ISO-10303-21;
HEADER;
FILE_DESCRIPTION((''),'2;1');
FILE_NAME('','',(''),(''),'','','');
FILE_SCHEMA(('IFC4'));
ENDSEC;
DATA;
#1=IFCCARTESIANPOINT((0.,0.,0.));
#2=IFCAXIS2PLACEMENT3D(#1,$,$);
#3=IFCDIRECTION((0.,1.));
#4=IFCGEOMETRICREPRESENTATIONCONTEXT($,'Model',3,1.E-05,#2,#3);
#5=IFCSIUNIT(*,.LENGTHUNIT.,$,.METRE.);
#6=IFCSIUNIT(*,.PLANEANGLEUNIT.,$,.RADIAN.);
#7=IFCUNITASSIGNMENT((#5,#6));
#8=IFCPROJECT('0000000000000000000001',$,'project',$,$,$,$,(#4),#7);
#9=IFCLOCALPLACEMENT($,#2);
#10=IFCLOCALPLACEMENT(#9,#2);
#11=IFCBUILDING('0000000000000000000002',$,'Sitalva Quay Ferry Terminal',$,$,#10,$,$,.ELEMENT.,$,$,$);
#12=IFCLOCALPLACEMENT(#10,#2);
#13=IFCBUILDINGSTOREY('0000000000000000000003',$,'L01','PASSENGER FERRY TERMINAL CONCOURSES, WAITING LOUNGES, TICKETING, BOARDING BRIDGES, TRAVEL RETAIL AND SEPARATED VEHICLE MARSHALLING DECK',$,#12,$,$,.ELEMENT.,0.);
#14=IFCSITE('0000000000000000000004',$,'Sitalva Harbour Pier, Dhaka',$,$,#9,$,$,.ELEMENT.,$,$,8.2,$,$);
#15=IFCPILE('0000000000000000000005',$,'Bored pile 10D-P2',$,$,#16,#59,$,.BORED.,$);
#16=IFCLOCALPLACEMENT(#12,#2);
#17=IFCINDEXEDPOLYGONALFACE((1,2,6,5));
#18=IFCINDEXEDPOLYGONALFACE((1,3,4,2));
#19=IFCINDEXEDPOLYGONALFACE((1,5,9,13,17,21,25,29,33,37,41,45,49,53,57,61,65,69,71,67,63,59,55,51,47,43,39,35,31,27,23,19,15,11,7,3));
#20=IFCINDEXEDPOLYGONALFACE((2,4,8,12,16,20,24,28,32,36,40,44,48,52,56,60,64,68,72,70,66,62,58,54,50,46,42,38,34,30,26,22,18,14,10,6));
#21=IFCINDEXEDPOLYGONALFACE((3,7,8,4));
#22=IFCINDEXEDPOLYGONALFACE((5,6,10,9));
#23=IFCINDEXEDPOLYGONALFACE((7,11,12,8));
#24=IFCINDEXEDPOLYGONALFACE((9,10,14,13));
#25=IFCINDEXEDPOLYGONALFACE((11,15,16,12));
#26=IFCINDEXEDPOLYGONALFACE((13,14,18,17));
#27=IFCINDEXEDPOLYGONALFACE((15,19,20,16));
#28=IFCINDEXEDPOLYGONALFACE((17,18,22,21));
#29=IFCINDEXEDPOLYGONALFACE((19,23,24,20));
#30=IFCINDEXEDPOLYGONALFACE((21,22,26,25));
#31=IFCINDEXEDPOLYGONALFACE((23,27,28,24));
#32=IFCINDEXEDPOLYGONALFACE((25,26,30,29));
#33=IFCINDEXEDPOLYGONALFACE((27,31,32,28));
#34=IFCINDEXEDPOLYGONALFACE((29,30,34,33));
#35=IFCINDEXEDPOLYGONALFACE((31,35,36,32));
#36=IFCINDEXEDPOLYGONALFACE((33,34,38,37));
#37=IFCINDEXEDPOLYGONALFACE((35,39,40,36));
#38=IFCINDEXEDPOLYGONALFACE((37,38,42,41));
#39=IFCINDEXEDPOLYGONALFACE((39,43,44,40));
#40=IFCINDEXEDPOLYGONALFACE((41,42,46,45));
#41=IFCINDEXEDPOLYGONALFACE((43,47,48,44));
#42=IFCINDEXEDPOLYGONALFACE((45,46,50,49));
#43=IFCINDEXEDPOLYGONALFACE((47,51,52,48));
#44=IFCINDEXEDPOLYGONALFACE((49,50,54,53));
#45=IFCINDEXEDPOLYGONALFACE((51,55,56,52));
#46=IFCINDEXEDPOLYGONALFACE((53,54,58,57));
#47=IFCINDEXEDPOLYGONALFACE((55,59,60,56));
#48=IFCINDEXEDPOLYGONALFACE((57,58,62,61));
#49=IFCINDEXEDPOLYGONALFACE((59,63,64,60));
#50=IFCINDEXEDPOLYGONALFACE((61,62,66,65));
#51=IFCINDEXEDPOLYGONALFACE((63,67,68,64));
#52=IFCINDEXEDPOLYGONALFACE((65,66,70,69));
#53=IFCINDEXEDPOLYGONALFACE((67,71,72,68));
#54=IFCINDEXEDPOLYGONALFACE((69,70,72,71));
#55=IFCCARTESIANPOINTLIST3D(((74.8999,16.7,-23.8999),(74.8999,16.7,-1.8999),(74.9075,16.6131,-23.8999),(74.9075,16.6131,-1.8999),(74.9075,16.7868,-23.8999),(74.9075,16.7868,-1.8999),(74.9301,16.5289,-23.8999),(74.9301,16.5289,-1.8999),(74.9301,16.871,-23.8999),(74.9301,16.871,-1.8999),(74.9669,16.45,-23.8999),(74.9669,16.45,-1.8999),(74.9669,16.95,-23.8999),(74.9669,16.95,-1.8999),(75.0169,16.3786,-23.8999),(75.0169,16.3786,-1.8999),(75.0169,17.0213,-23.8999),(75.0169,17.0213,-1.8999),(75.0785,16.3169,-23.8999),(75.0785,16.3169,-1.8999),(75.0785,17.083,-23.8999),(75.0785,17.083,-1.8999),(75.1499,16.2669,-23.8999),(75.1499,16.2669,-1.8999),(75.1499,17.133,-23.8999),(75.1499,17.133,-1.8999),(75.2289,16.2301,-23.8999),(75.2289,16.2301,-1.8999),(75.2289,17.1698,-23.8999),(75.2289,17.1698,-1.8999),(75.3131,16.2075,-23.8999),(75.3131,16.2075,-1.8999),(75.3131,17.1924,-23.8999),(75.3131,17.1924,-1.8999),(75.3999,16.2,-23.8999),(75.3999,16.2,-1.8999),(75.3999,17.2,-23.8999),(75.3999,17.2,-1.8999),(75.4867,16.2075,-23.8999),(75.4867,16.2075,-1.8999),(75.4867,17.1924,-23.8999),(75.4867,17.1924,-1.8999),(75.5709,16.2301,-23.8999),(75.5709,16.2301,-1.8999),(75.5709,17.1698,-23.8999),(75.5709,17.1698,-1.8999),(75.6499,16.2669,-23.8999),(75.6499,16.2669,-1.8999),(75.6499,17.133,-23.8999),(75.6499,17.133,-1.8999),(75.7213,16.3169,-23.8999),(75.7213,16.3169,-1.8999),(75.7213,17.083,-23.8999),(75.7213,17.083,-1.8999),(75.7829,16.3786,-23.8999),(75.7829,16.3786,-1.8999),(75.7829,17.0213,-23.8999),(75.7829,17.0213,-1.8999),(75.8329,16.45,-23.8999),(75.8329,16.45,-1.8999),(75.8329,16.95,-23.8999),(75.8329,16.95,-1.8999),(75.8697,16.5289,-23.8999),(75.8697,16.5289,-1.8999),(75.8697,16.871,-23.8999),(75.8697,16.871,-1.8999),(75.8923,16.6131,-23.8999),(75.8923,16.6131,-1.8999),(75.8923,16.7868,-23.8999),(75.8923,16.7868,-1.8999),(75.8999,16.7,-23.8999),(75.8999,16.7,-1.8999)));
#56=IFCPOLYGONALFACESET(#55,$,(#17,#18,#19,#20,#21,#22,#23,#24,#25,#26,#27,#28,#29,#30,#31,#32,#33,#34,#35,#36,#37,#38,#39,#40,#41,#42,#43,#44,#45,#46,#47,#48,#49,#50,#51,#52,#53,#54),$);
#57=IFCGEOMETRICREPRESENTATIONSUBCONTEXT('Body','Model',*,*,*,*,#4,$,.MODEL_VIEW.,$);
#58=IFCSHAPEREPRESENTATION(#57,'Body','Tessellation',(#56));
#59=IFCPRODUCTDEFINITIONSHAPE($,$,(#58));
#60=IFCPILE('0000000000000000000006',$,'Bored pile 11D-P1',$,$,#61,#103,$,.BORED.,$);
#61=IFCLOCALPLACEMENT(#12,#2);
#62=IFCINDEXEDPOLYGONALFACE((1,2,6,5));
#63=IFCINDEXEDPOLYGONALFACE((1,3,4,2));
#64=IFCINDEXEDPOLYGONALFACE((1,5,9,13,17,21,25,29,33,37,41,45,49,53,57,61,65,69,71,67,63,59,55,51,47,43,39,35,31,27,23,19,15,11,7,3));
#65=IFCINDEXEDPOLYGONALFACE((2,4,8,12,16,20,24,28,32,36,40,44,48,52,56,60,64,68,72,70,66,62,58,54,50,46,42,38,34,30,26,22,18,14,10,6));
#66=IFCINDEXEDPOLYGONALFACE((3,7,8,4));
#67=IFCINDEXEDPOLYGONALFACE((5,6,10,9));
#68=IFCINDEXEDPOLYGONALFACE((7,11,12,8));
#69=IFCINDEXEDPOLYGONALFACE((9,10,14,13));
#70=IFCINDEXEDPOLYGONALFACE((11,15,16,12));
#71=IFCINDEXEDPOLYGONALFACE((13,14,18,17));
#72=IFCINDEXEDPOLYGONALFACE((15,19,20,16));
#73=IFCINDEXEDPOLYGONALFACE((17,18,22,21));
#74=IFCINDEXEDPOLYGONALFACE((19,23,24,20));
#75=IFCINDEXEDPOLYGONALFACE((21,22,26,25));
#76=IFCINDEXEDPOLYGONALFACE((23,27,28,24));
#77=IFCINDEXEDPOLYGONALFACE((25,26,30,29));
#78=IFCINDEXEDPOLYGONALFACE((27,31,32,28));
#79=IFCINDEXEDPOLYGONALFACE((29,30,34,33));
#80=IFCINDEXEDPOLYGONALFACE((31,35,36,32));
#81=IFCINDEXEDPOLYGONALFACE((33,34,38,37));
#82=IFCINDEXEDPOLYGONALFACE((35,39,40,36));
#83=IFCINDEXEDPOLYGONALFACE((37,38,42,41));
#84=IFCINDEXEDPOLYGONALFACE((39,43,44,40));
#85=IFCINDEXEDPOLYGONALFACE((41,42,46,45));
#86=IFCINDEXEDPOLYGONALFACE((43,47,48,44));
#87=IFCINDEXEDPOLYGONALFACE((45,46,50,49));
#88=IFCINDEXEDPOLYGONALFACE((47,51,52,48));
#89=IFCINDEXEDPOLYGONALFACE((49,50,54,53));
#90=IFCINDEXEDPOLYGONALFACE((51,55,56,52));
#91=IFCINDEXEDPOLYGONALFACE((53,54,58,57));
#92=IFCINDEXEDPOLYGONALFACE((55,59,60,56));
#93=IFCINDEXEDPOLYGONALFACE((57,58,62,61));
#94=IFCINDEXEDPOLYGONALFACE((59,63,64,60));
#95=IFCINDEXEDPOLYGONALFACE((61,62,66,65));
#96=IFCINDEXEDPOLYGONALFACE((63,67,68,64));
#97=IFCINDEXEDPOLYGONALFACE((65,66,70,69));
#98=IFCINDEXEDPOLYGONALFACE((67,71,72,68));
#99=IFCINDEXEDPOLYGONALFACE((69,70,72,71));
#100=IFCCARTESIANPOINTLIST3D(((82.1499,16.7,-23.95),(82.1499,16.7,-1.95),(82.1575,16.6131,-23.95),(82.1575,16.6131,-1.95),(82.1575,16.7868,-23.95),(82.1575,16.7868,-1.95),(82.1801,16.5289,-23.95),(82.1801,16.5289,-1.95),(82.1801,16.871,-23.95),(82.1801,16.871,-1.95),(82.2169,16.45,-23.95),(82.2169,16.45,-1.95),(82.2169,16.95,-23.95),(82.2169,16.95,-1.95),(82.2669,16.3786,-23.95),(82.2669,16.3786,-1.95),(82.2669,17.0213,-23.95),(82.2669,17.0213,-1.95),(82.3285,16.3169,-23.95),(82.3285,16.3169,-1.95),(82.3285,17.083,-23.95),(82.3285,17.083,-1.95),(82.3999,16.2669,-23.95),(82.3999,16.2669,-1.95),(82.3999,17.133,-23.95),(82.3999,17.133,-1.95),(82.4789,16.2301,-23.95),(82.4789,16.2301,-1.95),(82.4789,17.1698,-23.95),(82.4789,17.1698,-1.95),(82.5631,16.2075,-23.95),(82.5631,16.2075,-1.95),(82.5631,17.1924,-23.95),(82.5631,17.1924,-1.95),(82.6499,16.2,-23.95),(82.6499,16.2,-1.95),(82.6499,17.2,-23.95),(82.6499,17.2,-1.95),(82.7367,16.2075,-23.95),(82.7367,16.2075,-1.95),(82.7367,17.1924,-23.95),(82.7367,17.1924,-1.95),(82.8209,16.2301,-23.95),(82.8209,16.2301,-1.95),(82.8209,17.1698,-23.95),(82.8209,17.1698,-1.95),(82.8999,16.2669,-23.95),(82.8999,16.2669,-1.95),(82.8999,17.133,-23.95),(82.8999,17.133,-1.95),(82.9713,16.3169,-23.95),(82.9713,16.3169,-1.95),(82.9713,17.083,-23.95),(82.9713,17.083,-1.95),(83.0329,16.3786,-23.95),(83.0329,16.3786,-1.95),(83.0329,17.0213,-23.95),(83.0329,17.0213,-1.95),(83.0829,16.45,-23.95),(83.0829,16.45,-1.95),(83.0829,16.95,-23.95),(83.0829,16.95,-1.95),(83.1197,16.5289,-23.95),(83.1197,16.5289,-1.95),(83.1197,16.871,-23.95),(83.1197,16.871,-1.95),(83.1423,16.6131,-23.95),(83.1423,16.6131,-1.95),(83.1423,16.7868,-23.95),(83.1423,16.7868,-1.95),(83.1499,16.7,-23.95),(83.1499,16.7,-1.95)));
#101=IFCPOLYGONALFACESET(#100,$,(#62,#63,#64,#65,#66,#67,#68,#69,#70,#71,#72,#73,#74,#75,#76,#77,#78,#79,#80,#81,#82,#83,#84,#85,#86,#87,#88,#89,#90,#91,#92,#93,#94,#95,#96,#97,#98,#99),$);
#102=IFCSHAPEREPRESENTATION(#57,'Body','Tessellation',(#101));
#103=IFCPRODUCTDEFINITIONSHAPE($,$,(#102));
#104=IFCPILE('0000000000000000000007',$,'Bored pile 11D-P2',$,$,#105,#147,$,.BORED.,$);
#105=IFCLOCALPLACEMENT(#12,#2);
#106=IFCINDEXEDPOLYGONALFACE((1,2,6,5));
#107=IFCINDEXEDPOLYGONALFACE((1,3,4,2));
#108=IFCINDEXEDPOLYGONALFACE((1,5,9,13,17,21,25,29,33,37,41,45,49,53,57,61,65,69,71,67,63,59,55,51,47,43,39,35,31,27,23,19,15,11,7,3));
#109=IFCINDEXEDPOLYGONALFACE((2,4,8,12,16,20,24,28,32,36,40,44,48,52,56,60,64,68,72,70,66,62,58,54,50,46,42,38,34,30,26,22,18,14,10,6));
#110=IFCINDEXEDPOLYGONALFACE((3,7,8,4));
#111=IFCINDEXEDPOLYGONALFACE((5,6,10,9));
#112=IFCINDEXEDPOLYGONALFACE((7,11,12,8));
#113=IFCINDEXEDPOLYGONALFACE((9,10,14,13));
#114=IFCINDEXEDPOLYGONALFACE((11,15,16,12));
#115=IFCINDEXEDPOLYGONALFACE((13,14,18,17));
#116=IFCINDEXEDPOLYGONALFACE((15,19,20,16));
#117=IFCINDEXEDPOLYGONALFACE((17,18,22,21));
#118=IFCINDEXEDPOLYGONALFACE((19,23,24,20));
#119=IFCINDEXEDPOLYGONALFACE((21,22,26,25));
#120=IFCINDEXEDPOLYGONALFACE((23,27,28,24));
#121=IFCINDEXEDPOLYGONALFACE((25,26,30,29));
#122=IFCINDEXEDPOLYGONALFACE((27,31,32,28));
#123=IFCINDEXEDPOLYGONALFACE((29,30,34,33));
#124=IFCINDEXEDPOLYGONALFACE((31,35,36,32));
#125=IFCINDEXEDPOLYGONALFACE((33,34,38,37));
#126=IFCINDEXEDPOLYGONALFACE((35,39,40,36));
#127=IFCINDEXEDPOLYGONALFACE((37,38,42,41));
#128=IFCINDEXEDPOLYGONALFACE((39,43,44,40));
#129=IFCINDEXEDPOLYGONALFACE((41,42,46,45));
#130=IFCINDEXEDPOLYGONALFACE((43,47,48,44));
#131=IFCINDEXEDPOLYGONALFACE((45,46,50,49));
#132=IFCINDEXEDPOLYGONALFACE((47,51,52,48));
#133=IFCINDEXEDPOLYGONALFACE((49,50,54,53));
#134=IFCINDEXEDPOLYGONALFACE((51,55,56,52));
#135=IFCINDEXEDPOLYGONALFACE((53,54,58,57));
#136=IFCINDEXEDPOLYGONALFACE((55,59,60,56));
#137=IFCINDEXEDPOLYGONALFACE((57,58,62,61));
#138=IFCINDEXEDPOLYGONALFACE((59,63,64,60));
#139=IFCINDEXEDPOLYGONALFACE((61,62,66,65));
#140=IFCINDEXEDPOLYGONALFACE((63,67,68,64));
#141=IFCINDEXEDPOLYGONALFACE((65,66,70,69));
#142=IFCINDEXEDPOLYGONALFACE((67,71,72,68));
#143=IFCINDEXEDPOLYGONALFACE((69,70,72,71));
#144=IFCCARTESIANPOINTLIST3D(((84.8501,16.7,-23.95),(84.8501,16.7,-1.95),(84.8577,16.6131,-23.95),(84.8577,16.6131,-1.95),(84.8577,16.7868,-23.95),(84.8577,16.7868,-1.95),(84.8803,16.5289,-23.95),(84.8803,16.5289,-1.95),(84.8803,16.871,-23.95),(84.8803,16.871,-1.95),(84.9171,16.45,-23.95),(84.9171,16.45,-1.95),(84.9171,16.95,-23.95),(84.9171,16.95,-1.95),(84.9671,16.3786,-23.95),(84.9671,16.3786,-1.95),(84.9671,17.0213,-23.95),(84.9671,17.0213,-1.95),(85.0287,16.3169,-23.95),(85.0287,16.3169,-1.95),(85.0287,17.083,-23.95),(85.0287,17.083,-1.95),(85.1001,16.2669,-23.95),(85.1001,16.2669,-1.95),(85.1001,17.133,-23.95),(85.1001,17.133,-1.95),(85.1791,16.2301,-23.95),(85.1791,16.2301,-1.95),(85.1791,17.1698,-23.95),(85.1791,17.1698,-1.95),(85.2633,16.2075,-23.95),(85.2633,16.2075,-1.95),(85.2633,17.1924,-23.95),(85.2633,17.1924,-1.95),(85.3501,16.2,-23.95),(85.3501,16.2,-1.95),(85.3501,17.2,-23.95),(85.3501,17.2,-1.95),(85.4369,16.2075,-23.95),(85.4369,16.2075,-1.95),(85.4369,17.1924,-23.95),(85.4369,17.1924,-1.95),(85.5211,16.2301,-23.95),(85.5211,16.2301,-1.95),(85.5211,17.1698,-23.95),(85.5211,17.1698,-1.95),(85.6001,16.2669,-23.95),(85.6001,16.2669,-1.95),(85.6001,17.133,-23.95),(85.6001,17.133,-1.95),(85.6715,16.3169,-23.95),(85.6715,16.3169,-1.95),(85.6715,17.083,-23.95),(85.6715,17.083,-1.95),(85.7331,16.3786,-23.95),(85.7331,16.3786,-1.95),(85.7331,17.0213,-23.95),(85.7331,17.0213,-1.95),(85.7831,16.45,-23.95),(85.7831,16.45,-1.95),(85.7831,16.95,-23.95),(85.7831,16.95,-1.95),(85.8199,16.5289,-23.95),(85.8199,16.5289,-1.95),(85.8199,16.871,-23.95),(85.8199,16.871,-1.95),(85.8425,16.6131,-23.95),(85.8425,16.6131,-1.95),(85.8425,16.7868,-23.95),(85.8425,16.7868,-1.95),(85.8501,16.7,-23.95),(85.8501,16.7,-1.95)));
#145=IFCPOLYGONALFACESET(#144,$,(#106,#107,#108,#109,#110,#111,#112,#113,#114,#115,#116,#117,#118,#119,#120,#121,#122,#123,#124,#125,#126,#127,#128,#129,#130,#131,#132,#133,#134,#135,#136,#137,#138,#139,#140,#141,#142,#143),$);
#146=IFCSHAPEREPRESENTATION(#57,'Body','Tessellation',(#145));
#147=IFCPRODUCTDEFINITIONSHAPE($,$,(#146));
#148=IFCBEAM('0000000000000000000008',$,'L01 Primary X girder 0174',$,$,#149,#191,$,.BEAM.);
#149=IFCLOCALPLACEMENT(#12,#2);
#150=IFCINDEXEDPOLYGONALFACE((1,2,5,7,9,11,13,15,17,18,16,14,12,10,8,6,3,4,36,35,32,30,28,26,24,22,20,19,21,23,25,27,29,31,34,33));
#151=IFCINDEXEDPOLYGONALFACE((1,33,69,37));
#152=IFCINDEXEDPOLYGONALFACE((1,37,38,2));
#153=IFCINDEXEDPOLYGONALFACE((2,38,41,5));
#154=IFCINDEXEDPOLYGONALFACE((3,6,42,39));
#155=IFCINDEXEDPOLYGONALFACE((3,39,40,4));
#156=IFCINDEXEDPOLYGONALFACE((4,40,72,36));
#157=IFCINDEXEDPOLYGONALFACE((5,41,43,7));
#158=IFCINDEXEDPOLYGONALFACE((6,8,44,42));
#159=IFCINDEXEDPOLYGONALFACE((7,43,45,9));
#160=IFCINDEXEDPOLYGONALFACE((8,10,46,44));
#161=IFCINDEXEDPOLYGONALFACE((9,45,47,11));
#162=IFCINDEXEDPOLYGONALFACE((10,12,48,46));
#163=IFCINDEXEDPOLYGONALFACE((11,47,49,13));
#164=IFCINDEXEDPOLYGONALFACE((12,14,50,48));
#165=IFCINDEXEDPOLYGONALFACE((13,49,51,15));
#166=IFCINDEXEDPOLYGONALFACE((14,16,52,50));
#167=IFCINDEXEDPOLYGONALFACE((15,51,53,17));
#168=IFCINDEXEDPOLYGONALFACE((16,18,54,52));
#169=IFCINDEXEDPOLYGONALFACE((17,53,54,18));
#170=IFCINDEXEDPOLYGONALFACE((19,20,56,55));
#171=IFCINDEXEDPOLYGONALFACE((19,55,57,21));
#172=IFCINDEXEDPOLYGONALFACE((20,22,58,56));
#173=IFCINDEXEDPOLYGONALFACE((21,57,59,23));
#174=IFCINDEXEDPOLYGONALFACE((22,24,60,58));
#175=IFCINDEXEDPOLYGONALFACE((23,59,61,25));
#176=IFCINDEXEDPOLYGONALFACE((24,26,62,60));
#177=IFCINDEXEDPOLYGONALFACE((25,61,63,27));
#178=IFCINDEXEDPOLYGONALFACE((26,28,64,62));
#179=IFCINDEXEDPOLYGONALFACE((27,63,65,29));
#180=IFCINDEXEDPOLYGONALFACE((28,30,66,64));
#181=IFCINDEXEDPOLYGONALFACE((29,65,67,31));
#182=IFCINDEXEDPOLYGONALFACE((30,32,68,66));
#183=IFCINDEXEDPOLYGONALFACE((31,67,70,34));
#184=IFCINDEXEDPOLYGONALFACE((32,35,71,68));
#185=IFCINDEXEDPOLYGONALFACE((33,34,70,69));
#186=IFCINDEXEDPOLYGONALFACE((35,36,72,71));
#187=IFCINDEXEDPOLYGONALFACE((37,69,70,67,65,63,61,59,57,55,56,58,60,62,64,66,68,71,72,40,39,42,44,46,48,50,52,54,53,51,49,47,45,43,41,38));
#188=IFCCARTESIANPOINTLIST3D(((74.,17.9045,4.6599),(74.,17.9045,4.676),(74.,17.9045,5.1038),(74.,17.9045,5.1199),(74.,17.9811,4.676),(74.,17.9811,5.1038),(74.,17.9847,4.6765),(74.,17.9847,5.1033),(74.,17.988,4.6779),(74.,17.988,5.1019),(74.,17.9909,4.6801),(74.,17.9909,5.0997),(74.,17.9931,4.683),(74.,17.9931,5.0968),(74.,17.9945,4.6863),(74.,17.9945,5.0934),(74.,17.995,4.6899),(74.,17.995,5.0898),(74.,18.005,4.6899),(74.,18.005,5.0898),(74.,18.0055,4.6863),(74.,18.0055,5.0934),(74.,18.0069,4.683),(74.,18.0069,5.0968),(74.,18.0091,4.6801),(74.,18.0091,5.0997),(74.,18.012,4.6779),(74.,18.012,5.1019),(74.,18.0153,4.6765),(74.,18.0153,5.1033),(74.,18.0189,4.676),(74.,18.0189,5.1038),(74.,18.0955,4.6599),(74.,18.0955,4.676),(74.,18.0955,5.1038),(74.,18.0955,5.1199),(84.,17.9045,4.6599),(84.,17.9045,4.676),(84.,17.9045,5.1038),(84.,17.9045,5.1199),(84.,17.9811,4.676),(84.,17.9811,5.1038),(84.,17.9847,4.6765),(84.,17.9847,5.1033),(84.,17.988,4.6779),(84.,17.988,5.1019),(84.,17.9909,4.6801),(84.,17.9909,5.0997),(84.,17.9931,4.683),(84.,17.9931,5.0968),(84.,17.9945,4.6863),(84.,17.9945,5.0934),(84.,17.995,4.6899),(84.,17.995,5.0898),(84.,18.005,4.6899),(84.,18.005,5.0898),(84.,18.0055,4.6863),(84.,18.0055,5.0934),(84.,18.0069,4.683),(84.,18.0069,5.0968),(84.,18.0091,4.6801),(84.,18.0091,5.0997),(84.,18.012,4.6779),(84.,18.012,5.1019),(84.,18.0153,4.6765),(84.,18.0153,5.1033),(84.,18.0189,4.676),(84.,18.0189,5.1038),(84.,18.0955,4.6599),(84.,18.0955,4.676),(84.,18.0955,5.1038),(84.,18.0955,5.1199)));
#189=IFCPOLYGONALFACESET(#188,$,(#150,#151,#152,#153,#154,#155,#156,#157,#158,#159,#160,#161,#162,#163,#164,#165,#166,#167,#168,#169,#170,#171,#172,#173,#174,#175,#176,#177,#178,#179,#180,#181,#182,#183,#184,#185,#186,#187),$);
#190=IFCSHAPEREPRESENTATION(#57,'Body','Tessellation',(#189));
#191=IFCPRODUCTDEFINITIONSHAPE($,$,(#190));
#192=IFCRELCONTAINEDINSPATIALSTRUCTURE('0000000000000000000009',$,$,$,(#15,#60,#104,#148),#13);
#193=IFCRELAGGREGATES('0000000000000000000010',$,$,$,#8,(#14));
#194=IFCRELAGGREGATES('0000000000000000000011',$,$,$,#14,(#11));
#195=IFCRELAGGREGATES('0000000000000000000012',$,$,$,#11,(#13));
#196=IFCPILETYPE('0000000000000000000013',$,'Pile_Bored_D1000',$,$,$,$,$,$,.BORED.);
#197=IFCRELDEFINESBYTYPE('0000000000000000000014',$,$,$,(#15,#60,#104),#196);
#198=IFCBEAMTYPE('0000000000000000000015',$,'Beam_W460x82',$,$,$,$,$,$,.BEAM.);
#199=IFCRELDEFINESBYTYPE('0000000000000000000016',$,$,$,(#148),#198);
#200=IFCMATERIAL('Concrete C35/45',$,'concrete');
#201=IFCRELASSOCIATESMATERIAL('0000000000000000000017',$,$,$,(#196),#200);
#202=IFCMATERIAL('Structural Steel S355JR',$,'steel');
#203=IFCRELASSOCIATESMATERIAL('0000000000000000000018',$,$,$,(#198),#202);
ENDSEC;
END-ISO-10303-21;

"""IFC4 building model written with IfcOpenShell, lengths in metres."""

from ifc_helpers import new_model, si_unit, direction, frame, origin, origin_2d, place, context, subcontext, project, spatial, circle, i_section, extrude, material, material_profile, profile_set, type_object, element, save


model = new_model("IFC4")

# Units and contexts
model_context = context("Model", 3, precision=1e-05, world=origin(), true_north=direction((0.0, 1.0)))
body_context = subcontext(model_context, "Body", "Model", "MODEL_VIEW")
ifc_project = project(units=[si_unit("LENGTHUNIT", "METRE"), si_unit("PLANEANGLEUNIT", "RADIAN")], contexts=[model_context])

# Site, building, storey
site_placement = place(None, origin())
site = spatial("IfcSite", under=ifc_project, at=site_placement, Name="Sitalva Harbour Pier, Dhaka", CompositionType="ELEMENT", RefElevation=8.2)
building_placement = place(site_placement, origin())
building = spatial("IfcBuilding", under=site, at=building_placement, Name="Sitalva Quay Ferry Terminal", CompositionType="ELEMENT")
storey_placement = place(building_placement, origin())
storey = spatial("IfcBuildingStorey", under=building, at=storey_placement, Name="L01", Description="PASSENGER FERRY TERMINAL CONCOURSES, WAITING LOUNGES, TICKETING, BOARDING BRIDGES, TRAVEL RETAIL AND SEPARATED VEHICLE MARSHALLING DECK", CompositionType="ELEMENT", Elevation=0.0)

# Piles
ifc_material_1 = material(Name="Concrete C35/45", Category="concrete")
ifc_material_profile_1 = material_profile(ifc_material_1, circle(Radius=0.5, at=origin_2d()), Name="PILE-D1000")
ifc_profile_set_1 = profile_set([ifc_material_profile_1], Name="Concrete C35/45")
pile_type = type_object("IfcPileType", Name="Pile_Bored_D1000", PredefinedType="BORED", material=ifc_profile_set_1)
for number, where, z_axis, x_axis, name in (
    (1, (75.3999, 16.7, -1.8999), (0.0, 0.0, -1.0), (1.0, 0.0, 0.0), "Bored pile 10D-P2"),
    (2, (82.6499, 16.7, -1.95), (0.0, 0.0, -1.0), (1.0, 0.0, 0.0), "Bored pile 11D-P1"),
    (3, (85.3501, 16.7, -1.95), (0.0, 0.0, -1.0), (1.0, 0.0, 0.0), "Bored pile 11D-P2"),
):
    element("IfcPile", number, at=place(storey_placement, frame(where, z_axis=z_axis, x_axis=x_axis)), inside=storey, type_object=pile_type, Name=name, PredefinedType="BORED", context=body_context, shape_type="SweptSolid", body=[
        extrude(circle(Radius=0.5, at=origin_2d()), origin(), (0.0, 0.0, 1.0), 22.0),
    ])

# Beam
ifc_material_2 = material(Name="Structural Steel S355JR", Category="steel")
ifc_material_profile_2 = material_profile(ifc_material_2, i_section(OverallWidth=0.1909, OverallDepth=0.46, WebThickness=0.01, FlangeThickness=0.0161, FilletRadius=0.0139, at=origin_2d()), Name="W460x82")
ifc_profile_set_2 = profile_set([ifc_material_profile_2], Name="Structural Steel S355JR")
beam_type_1 = type_object("IfcBeamType", Name="Beam_W460x82", PredefinedType="BEAM", material=ifc_profile_set_2)
beam_1_placement = place(storey_placement, frame((74.0, 18.0, 4.8899), z_axis=(1.0, 0.0, 0.0), x_axis=(0.0, 1.0, 0.0)))
element("IfcBeam", 4, at=beam_1_placement, inside=storey, type_object=beam_type_1, Name="L01 Primary X girder 0174", PredefinedType="BEAM", context=body_context, shape_type="SweptSolid", body=[
    extrude(i_section(OverallWidth=0.1909, OverallDepth=0.46, WebThickness=0.01, FlangeThickness=0.0161, FilletRadius=0.0139, at=origin_2d()), origin(), (0.0, 0.0, 1.0), 10.0),
])

save(model, "model.ifc")
